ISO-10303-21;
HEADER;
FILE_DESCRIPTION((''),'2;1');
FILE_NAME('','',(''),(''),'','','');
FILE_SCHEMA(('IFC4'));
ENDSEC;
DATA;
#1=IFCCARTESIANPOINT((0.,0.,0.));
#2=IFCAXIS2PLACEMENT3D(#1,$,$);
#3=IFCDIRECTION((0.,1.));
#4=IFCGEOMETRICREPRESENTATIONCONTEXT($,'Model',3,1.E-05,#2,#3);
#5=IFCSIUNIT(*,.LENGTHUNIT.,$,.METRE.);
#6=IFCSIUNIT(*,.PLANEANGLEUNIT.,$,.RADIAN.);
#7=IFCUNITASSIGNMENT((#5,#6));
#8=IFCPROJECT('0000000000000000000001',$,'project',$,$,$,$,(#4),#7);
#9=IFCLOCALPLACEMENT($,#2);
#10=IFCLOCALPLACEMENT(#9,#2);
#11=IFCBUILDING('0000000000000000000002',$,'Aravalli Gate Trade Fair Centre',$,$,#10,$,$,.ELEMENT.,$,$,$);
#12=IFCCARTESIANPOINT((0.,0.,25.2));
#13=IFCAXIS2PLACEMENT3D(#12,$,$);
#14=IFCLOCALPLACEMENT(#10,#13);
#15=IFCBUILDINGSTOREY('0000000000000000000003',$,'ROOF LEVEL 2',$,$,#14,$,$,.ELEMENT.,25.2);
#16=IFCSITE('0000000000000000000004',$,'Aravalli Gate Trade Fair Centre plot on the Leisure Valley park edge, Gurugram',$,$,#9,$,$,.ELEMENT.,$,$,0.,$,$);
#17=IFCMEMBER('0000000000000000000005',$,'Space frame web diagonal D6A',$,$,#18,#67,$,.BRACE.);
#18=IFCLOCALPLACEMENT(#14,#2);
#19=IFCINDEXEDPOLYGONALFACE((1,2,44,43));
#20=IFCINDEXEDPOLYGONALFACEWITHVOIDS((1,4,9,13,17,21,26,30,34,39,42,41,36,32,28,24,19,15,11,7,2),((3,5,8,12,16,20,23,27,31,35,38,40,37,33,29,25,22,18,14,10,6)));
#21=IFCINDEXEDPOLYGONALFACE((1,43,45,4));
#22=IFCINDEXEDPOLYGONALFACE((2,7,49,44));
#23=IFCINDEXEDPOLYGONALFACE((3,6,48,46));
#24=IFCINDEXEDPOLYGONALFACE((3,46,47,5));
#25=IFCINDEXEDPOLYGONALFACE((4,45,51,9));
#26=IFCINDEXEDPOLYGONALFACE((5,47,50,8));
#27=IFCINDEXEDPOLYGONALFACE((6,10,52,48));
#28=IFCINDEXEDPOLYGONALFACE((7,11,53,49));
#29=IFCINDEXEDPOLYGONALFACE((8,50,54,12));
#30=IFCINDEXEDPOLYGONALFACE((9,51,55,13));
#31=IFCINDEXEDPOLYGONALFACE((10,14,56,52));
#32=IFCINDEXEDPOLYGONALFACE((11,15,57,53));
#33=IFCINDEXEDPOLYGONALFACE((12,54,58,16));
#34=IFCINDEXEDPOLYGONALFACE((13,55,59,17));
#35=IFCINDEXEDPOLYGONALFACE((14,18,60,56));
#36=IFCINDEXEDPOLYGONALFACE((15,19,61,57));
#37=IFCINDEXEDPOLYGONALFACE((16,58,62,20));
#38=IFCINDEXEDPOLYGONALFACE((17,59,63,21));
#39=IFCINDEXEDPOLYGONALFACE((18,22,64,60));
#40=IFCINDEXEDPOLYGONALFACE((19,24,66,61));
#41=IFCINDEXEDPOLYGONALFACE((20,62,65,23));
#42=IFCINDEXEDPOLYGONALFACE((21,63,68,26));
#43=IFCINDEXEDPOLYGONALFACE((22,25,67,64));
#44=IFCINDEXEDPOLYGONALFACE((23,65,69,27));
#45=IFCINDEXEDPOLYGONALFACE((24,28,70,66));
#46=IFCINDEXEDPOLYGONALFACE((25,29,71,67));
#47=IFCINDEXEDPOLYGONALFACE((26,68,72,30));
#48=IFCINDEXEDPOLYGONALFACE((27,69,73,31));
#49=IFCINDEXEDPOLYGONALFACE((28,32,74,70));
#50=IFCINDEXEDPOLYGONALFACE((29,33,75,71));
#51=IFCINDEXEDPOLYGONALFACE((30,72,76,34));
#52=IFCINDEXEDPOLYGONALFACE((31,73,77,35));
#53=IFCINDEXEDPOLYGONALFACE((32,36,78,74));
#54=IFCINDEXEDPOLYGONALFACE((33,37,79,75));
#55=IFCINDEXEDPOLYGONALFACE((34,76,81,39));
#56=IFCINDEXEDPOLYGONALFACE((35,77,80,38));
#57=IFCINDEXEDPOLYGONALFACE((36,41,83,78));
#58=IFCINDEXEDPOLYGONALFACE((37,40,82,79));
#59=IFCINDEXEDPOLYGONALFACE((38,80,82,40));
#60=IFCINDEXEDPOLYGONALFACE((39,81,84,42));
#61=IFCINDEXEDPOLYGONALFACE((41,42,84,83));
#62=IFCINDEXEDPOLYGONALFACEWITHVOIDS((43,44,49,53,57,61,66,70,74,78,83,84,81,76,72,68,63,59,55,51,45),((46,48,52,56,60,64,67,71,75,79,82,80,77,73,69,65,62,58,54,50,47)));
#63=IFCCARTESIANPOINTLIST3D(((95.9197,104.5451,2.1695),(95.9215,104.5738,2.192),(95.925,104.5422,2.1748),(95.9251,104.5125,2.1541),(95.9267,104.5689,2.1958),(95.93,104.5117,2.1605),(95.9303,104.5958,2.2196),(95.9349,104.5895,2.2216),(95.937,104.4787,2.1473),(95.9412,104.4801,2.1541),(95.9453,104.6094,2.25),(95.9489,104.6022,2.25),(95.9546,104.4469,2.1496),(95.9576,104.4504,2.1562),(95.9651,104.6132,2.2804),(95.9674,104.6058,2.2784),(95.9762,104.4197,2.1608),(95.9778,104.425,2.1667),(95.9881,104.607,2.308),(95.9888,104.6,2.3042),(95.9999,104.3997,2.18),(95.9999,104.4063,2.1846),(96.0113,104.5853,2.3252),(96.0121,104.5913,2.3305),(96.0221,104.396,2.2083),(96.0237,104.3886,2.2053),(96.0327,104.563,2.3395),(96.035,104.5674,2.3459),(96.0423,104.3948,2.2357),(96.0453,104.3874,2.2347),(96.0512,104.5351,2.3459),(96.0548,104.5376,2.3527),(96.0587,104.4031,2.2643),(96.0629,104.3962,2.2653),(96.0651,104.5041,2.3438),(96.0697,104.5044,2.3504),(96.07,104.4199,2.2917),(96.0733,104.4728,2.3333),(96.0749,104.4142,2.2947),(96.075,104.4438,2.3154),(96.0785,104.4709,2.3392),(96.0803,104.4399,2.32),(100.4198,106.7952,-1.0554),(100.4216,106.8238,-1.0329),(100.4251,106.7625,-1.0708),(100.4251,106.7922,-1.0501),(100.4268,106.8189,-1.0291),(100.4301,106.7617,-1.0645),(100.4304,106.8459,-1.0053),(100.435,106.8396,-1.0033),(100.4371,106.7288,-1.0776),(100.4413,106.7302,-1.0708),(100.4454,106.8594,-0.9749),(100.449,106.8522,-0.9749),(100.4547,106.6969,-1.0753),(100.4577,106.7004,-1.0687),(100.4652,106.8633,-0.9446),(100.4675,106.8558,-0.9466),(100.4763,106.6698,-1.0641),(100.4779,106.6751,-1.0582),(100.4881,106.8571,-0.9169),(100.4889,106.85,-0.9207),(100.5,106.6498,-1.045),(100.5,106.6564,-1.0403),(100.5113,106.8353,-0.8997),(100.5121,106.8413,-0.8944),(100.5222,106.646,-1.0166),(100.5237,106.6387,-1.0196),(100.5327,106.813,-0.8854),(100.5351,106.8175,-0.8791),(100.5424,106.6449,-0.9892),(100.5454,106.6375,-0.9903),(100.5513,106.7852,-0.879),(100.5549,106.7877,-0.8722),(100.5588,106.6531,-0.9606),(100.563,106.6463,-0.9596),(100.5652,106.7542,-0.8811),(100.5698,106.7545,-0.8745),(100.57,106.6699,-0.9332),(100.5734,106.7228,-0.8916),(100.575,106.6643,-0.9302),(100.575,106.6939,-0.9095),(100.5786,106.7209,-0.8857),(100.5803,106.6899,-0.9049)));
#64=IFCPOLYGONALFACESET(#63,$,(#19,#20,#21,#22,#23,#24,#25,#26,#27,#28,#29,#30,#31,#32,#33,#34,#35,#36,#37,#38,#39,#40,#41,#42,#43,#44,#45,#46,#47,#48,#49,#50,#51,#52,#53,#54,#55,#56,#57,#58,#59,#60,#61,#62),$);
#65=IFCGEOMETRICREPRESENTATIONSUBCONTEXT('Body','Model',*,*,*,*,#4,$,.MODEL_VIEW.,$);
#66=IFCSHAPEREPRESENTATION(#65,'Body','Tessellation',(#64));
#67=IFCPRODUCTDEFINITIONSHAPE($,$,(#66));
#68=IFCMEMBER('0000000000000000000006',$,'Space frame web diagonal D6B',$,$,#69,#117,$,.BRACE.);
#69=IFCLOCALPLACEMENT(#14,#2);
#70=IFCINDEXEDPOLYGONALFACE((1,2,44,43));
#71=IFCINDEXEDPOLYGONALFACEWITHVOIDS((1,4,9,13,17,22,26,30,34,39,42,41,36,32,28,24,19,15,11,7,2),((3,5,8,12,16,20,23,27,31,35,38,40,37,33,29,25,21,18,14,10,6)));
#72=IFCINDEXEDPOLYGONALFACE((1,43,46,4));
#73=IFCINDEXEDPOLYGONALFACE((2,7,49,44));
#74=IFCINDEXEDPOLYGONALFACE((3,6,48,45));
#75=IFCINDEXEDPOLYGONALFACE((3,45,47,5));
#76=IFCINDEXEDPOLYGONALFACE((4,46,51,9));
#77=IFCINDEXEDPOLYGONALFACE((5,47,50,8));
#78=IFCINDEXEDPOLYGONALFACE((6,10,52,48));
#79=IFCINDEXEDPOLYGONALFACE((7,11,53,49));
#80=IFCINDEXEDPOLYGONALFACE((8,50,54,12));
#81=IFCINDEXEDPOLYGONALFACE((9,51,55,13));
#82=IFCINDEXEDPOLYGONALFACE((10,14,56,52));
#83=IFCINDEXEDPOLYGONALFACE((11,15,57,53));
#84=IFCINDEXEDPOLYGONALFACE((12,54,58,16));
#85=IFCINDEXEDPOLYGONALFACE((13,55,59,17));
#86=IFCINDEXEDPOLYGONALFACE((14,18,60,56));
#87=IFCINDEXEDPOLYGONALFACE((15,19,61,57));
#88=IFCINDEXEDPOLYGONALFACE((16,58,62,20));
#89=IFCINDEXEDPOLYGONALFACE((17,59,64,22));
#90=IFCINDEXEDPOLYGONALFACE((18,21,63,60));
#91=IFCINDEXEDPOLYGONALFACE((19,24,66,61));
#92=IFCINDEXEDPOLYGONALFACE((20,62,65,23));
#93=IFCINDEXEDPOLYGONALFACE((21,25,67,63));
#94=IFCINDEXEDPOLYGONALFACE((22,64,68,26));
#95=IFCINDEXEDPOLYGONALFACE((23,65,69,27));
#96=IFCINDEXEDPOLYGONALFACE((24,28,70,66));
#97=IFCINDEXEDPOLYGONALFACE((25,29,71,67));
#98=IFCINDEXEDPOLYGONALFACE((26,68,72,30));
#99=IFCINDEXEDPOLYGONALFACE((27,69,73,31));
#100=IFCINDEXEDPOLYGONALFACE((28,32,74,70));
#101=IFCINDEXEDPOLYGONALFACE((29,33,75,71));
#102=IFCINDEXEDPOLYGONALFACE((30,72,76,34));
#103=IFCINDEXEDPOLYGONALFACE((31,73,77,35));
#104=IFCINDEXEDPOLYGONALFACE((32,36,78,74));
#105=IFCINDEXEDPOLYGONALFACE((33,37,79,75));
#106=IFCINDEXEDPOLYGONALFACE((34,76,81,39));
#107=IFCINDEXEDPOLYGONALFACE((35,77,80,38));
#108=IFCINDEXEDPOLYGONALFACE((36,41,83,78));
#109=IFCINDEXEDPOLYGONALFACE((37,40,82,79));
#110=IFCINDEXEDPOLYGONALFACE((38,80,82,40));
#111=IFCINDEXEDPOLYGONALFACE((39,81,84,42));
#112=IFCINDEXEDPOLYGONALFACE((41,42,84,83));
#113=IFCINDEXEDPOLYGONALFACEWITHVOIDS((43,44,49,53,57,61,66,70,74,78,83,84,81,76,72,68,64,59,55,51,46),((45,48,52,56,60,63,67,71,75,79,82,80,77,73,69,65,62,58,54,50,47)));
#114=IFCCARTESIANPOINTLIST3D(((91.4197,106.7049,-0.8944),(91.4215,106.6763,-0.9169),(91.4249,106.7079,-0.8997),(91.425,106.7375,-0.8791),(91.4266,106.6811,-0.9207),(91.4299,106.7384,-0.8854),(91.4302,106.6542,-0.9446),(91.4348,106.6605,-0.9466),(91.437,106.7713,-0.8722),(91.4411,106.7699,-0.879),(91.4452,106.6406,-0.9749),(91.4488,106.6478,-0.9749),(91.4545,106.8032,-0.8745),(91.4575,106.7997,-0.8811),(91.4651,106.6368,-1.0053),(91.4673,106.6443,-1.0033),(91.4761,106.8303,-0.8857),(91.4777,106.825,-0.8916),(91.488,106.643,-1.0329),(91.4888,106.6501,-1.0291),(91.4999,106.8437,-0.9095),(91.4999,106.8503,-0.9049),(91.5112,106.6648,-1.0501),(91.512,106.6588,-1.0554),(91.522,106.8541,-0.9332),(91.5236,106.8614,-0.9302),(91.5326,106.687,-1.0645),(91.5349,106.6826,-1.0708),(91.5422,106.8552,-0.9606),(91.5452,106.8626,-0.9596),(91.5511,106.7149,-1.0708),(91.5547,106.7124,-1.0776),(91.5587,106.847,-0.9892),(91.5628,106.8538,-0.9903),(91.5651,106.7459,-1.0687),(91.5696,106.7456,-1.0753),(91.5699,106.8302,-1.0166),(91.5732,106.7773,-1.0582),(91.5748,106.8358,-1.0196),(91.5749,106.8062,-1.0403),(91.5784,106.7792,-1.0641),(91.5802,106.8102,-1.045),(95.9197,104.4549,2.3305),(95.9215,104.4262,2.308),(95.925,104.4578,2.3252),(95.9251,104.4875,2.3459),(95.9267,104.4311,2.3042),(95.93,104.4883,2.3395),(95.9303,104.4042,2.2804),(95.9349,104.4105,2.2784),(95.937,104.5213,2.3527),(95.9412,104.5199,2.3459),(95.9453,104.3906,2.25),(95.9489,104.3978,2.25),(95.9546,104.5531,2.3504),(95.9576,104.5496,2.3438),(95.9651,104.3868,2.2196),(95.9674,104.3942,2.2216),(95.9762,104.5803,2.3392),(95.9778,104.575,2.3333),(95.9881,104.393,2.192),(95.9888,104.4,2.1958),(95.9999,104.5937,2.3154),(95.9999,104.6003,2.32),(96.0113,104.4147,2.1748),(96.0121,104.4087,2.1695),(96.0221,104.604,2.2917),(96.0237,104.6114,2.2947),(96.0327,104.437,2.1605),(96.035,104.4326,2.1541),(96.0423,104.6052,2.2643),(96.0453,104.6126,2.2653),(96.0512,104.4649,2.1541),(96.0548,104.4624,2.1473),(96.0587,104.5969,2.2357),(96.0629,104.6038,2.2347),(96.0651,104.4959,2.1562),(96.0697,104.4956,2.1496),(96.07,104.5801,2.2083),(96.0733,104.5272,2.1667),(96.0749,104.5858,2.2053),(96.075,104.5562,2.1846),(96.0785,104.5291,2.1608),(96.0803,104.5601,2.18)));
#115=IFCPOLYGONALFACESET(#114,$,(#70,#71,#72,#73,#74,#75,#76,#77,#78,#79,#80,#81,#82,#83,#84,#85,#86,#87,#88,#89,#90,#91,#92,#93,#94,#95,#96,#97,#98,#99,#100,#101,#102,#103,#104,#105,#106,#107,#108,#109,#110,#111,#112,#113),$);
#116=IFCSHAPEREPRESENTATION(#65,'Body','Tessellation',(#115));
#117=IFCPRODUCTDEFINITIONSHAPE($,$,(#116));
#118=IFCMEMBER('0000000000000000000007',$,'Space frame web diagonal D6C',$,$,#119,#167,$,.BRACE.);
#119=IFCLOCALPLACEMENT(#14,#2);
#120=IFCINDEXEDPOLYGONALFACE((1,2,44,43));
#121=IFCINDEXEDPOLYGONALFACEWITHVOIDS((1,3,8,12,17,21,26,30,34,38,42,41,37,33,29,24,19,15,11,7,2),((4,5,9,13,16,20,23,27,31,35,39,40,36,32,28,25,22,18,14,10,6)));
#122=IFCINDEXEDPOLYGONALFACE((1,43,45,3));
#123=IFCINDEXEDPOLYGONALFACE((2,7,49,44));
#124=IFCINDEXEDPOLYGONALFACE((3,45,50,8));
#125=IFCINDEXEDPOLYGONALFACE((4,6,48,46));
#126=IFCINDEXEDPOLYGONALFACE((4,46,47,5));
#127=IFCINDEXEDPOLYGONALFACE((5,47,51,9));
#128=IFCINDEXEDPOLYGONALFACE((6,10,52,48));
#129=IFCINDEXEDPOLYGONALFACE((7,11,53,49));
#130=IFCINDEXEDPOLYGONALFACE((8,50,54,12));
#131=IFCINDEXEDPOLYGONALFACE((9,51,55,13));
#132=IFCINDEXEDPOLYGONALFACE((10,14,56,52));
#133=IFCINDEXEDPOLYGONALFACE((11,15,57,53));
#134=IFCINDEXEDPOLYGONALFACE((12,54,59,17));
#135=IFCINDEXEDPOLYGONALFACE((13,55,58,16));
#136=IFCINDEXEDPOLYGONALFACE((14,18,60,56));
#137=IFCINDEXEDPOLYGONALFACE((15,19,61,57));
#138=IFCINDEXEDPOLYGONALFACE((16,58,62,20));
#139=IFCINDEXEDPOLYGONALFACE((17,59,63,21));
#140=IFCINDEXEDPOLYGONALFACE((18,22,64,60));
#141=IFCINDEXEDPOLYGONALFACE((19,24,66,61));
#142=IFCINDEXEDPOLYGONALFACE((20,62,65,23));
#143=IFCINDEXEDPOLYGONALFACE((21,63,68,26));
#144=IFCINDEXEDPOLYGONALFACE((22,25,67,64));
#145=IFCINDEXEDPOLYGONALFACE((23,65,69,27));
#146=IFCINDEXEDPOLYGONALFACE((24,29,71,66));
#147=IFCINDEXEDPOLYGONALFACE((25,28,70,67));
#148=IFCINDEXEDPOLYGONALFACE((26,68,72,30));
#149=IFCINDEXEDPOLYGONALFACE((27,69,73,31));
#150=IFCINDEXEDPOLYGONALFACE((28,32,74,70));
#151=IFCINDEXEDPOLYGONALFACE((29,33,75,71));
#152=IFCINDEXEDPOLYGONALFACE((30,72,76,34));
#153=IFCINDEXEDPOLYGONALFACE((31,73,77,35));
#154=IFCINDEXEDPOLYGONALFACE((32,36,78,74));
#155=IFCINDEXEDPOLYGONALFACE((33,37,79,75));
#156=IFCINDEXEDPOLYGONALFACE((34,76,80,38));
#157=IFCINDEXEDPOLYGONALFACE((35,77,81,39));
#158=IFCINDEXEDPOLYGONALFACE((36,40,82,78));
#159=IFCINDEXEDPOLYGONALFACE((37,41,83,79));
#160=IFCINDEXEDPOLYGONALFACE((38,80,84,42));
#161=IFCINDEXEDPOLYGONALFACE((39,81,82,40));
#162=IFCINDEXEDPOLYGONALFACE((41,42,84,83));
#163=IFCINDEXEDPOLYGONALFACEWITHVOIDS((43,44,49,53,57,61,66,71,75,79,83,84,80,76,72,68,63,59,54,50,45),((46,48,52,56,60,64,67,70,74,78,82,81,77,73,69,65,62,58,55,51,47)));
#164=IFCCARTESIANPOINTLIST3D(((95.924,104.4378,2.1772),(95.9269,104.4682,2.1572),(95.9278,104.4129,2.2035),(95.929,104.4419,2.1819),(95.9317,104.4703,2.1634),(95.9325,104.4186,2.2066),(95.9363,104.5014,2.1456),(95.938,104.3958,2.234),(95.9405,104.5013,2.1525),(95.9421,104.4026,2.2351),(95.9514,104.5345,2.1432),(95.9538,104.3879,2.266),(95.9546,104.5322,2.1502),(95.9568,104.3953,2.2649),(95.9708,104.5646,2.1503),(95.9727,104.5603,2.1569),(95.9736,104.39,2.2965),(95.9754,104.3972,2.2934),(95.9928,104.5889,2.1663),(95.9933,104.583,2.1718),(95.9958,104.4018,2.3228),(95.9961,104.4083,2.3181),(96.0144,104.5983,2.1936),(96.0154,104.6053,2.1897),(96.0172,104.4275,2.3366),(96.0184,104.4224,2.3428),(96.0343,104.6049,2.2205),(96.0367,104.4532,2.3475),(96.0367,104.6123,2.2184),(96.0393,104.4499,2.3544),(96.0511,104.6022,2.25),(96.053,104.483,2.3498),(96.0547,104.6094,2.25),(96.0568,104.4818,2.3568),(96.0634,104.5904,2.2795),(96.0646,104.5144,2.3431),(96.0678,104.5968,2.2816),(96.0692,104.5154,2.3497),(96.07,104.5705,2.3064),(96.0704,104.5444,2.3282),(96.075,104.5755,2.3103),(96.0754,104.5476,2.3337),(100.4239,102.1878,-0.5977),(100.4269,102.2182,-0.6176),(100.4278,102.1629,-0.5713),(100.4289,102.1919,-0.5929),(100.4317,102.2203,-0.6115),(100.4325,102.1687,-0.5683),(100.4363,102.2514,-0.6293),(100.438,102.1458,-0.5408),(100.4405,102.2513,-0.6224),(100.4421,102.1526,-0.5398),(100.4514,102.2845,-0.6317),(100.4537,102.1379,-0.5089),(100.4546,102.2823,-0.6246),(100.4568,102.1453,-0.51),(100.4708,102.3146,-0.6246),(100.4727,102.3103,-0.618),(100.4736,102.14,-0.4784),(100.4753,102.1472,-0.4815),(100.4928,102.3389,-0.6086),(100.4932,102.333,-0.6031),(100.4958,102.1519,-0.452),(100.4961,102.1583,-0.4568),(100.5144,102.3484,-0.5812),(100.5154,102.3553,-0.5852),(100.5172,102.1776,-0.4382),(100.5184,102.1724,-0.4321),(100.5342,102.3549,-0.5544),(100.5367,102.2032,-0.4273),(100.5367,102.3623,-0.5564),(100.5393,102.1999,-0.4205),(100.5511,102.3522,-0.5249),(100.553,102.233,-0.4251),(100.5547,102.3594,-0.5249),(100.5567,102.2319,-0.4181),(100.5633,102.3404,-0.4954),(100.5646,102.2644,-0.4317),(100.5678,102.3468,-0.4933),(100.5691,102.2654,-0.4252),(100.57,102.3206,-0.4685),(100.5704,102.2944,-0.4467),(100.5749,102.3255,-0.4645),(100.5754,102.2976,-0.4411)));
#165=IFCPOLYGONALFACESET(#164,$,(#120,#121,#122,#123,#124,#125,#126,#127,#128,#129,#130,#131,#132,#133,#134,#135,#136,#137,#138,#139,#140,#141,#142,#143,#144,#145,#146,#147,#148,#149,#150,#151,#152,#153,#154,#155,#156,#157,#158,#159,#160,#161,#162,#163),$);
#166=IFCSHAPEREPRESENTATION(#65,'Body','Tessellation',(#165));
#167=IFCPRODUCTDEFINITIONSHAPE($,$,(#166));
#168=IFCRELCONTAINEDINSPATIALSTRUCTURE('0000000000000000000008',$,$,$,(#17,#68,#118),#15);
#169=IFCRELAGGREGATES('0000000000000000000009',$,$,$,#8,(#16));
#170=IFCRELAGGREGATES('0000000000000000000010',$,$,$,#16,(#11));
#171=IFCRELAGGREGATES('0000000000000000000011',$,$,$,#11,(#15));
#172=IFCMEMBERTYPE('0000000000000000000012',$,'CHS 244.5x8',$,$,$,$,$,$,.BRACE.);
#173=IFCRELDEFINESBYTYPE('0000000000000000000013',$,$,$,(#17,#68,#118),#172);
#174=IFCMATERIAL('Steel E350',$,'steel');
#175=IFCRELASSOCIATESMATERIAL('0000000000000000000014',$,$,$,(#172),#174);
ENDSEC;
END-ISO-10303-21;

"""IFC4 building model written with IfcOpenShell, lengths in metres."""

from ifc_helpers import new_model, si_unit, direction, frame, origin, origin_2d, place, context, subcontext, project, spatial, hollow_circle, extrude, material, material_profile, profile_set, type_object, element, save


model = new_model("IFC4")

# Units and contexts
model_context = context("Model", 3, precision=1e-05, world=origin(), true_north=direction((0.0, 1.0)))
body_context = subcontext(model_context, "Body", "Model", "MODEL_VIEW")
ifc_project = project(units=[si_unit("LENGTHUNIT", "METRE"), si_unit("PLANEANGLEUNIT", "RADIAN")], contexts=[model_context])

# Site, building, storey
site_placement = place(None, origin())
site = spatial("IfcSite", under=ifc_project, at=site_placement, Name="Aravalli Gate Trade Fair Centre plot on the Leisure Valley park edge, Gurugram", CompositionType="ELEMENT", RefElevation=0.0)
building_placement = place(site_placement, origin())
building = spatial("IfcBuilding", under=site, at=building_placement, Name="Aravalli Gate Trade Fair Centre", CompositionType="ELEMENT")
storey_placement = place(building_placement, frame((0.0, 0.0, 25.2)))
storey = spatial("IfcBuildingStorey", under=building, at=storey_placement, Name="ROOF LEVEL 2", CompositionType="ELEMENT", Elevation=25.2)

# Members
ifc_material_1 = material(Name="Steel E350", Category="steel")
ifc_material_profile_1 = material_profile(ifc_material_1, hollow_circle(Radius=0.1223, WallThickness=0.0081, at=origin_2d()), Name="CHS 244.5x8")
ifc_profile_set_1 = profile_set([ifc_material_profile_1], Name="Steel E350")
member_type_1 = type_object("IfcMemberType", Name="CHS 244.5x8", PredefinedType="BRACE", material=ifc_profile_set_1)
for number, where, z_axis, x_axis, name in (
    (1, (96.0, 104.5, 2.25), (0.753016, 0.376508, -0.539637), (-0.447214, 0.894427, 0.0), "Space frame web diagonal D6A"),
    (2, (96.0, 104.5, 2.25), (-0.753016, 0.376508, -0.539637), (-0.447214, -0.894427, 0.0), "Space frame web diagonal D6B"),
):
    element("IfcMember", number, at=place(storey_placement, frame(where, z_axis=z_axis, x_axis=x_axis)), inside=storey, type_object=member_type_1, Name=name, PredefinedType="BRACE", context=body_context, shape_type="SweptSolid", body=[
        extrude(hollow_circle(Radius=0.1223, WallThickness=0.0081, at=origin_2d()), origin(), (0.0, 0.0, 1.0), 5.9761),
    ])
for number, where, z_axis, x_axis, name in (
    (3, (96.0, 104.5, 2.25), (0.7832, -0.3916, -0.482956), (0.447214, 0.894427, 0.0), "Space frame web diagonal D6C"),
):
    element("IfcMember", number, at=place(storey_placement, frame(where, z_axis=z_axis, x_axis=x_axis)), inside=storey, type_object=member_type_1, Name=name, PredefinedType="BRACE", context=body_context, shape_type="SweptSolid", body=[
        extrude(hollow_circle(Radius=0.1223, WallThickness=0.0081, at=origin_2d()), origin(), (0.0, 0.0, 1.0), 5.7456),
    ])

save(model, "model.ifc")
